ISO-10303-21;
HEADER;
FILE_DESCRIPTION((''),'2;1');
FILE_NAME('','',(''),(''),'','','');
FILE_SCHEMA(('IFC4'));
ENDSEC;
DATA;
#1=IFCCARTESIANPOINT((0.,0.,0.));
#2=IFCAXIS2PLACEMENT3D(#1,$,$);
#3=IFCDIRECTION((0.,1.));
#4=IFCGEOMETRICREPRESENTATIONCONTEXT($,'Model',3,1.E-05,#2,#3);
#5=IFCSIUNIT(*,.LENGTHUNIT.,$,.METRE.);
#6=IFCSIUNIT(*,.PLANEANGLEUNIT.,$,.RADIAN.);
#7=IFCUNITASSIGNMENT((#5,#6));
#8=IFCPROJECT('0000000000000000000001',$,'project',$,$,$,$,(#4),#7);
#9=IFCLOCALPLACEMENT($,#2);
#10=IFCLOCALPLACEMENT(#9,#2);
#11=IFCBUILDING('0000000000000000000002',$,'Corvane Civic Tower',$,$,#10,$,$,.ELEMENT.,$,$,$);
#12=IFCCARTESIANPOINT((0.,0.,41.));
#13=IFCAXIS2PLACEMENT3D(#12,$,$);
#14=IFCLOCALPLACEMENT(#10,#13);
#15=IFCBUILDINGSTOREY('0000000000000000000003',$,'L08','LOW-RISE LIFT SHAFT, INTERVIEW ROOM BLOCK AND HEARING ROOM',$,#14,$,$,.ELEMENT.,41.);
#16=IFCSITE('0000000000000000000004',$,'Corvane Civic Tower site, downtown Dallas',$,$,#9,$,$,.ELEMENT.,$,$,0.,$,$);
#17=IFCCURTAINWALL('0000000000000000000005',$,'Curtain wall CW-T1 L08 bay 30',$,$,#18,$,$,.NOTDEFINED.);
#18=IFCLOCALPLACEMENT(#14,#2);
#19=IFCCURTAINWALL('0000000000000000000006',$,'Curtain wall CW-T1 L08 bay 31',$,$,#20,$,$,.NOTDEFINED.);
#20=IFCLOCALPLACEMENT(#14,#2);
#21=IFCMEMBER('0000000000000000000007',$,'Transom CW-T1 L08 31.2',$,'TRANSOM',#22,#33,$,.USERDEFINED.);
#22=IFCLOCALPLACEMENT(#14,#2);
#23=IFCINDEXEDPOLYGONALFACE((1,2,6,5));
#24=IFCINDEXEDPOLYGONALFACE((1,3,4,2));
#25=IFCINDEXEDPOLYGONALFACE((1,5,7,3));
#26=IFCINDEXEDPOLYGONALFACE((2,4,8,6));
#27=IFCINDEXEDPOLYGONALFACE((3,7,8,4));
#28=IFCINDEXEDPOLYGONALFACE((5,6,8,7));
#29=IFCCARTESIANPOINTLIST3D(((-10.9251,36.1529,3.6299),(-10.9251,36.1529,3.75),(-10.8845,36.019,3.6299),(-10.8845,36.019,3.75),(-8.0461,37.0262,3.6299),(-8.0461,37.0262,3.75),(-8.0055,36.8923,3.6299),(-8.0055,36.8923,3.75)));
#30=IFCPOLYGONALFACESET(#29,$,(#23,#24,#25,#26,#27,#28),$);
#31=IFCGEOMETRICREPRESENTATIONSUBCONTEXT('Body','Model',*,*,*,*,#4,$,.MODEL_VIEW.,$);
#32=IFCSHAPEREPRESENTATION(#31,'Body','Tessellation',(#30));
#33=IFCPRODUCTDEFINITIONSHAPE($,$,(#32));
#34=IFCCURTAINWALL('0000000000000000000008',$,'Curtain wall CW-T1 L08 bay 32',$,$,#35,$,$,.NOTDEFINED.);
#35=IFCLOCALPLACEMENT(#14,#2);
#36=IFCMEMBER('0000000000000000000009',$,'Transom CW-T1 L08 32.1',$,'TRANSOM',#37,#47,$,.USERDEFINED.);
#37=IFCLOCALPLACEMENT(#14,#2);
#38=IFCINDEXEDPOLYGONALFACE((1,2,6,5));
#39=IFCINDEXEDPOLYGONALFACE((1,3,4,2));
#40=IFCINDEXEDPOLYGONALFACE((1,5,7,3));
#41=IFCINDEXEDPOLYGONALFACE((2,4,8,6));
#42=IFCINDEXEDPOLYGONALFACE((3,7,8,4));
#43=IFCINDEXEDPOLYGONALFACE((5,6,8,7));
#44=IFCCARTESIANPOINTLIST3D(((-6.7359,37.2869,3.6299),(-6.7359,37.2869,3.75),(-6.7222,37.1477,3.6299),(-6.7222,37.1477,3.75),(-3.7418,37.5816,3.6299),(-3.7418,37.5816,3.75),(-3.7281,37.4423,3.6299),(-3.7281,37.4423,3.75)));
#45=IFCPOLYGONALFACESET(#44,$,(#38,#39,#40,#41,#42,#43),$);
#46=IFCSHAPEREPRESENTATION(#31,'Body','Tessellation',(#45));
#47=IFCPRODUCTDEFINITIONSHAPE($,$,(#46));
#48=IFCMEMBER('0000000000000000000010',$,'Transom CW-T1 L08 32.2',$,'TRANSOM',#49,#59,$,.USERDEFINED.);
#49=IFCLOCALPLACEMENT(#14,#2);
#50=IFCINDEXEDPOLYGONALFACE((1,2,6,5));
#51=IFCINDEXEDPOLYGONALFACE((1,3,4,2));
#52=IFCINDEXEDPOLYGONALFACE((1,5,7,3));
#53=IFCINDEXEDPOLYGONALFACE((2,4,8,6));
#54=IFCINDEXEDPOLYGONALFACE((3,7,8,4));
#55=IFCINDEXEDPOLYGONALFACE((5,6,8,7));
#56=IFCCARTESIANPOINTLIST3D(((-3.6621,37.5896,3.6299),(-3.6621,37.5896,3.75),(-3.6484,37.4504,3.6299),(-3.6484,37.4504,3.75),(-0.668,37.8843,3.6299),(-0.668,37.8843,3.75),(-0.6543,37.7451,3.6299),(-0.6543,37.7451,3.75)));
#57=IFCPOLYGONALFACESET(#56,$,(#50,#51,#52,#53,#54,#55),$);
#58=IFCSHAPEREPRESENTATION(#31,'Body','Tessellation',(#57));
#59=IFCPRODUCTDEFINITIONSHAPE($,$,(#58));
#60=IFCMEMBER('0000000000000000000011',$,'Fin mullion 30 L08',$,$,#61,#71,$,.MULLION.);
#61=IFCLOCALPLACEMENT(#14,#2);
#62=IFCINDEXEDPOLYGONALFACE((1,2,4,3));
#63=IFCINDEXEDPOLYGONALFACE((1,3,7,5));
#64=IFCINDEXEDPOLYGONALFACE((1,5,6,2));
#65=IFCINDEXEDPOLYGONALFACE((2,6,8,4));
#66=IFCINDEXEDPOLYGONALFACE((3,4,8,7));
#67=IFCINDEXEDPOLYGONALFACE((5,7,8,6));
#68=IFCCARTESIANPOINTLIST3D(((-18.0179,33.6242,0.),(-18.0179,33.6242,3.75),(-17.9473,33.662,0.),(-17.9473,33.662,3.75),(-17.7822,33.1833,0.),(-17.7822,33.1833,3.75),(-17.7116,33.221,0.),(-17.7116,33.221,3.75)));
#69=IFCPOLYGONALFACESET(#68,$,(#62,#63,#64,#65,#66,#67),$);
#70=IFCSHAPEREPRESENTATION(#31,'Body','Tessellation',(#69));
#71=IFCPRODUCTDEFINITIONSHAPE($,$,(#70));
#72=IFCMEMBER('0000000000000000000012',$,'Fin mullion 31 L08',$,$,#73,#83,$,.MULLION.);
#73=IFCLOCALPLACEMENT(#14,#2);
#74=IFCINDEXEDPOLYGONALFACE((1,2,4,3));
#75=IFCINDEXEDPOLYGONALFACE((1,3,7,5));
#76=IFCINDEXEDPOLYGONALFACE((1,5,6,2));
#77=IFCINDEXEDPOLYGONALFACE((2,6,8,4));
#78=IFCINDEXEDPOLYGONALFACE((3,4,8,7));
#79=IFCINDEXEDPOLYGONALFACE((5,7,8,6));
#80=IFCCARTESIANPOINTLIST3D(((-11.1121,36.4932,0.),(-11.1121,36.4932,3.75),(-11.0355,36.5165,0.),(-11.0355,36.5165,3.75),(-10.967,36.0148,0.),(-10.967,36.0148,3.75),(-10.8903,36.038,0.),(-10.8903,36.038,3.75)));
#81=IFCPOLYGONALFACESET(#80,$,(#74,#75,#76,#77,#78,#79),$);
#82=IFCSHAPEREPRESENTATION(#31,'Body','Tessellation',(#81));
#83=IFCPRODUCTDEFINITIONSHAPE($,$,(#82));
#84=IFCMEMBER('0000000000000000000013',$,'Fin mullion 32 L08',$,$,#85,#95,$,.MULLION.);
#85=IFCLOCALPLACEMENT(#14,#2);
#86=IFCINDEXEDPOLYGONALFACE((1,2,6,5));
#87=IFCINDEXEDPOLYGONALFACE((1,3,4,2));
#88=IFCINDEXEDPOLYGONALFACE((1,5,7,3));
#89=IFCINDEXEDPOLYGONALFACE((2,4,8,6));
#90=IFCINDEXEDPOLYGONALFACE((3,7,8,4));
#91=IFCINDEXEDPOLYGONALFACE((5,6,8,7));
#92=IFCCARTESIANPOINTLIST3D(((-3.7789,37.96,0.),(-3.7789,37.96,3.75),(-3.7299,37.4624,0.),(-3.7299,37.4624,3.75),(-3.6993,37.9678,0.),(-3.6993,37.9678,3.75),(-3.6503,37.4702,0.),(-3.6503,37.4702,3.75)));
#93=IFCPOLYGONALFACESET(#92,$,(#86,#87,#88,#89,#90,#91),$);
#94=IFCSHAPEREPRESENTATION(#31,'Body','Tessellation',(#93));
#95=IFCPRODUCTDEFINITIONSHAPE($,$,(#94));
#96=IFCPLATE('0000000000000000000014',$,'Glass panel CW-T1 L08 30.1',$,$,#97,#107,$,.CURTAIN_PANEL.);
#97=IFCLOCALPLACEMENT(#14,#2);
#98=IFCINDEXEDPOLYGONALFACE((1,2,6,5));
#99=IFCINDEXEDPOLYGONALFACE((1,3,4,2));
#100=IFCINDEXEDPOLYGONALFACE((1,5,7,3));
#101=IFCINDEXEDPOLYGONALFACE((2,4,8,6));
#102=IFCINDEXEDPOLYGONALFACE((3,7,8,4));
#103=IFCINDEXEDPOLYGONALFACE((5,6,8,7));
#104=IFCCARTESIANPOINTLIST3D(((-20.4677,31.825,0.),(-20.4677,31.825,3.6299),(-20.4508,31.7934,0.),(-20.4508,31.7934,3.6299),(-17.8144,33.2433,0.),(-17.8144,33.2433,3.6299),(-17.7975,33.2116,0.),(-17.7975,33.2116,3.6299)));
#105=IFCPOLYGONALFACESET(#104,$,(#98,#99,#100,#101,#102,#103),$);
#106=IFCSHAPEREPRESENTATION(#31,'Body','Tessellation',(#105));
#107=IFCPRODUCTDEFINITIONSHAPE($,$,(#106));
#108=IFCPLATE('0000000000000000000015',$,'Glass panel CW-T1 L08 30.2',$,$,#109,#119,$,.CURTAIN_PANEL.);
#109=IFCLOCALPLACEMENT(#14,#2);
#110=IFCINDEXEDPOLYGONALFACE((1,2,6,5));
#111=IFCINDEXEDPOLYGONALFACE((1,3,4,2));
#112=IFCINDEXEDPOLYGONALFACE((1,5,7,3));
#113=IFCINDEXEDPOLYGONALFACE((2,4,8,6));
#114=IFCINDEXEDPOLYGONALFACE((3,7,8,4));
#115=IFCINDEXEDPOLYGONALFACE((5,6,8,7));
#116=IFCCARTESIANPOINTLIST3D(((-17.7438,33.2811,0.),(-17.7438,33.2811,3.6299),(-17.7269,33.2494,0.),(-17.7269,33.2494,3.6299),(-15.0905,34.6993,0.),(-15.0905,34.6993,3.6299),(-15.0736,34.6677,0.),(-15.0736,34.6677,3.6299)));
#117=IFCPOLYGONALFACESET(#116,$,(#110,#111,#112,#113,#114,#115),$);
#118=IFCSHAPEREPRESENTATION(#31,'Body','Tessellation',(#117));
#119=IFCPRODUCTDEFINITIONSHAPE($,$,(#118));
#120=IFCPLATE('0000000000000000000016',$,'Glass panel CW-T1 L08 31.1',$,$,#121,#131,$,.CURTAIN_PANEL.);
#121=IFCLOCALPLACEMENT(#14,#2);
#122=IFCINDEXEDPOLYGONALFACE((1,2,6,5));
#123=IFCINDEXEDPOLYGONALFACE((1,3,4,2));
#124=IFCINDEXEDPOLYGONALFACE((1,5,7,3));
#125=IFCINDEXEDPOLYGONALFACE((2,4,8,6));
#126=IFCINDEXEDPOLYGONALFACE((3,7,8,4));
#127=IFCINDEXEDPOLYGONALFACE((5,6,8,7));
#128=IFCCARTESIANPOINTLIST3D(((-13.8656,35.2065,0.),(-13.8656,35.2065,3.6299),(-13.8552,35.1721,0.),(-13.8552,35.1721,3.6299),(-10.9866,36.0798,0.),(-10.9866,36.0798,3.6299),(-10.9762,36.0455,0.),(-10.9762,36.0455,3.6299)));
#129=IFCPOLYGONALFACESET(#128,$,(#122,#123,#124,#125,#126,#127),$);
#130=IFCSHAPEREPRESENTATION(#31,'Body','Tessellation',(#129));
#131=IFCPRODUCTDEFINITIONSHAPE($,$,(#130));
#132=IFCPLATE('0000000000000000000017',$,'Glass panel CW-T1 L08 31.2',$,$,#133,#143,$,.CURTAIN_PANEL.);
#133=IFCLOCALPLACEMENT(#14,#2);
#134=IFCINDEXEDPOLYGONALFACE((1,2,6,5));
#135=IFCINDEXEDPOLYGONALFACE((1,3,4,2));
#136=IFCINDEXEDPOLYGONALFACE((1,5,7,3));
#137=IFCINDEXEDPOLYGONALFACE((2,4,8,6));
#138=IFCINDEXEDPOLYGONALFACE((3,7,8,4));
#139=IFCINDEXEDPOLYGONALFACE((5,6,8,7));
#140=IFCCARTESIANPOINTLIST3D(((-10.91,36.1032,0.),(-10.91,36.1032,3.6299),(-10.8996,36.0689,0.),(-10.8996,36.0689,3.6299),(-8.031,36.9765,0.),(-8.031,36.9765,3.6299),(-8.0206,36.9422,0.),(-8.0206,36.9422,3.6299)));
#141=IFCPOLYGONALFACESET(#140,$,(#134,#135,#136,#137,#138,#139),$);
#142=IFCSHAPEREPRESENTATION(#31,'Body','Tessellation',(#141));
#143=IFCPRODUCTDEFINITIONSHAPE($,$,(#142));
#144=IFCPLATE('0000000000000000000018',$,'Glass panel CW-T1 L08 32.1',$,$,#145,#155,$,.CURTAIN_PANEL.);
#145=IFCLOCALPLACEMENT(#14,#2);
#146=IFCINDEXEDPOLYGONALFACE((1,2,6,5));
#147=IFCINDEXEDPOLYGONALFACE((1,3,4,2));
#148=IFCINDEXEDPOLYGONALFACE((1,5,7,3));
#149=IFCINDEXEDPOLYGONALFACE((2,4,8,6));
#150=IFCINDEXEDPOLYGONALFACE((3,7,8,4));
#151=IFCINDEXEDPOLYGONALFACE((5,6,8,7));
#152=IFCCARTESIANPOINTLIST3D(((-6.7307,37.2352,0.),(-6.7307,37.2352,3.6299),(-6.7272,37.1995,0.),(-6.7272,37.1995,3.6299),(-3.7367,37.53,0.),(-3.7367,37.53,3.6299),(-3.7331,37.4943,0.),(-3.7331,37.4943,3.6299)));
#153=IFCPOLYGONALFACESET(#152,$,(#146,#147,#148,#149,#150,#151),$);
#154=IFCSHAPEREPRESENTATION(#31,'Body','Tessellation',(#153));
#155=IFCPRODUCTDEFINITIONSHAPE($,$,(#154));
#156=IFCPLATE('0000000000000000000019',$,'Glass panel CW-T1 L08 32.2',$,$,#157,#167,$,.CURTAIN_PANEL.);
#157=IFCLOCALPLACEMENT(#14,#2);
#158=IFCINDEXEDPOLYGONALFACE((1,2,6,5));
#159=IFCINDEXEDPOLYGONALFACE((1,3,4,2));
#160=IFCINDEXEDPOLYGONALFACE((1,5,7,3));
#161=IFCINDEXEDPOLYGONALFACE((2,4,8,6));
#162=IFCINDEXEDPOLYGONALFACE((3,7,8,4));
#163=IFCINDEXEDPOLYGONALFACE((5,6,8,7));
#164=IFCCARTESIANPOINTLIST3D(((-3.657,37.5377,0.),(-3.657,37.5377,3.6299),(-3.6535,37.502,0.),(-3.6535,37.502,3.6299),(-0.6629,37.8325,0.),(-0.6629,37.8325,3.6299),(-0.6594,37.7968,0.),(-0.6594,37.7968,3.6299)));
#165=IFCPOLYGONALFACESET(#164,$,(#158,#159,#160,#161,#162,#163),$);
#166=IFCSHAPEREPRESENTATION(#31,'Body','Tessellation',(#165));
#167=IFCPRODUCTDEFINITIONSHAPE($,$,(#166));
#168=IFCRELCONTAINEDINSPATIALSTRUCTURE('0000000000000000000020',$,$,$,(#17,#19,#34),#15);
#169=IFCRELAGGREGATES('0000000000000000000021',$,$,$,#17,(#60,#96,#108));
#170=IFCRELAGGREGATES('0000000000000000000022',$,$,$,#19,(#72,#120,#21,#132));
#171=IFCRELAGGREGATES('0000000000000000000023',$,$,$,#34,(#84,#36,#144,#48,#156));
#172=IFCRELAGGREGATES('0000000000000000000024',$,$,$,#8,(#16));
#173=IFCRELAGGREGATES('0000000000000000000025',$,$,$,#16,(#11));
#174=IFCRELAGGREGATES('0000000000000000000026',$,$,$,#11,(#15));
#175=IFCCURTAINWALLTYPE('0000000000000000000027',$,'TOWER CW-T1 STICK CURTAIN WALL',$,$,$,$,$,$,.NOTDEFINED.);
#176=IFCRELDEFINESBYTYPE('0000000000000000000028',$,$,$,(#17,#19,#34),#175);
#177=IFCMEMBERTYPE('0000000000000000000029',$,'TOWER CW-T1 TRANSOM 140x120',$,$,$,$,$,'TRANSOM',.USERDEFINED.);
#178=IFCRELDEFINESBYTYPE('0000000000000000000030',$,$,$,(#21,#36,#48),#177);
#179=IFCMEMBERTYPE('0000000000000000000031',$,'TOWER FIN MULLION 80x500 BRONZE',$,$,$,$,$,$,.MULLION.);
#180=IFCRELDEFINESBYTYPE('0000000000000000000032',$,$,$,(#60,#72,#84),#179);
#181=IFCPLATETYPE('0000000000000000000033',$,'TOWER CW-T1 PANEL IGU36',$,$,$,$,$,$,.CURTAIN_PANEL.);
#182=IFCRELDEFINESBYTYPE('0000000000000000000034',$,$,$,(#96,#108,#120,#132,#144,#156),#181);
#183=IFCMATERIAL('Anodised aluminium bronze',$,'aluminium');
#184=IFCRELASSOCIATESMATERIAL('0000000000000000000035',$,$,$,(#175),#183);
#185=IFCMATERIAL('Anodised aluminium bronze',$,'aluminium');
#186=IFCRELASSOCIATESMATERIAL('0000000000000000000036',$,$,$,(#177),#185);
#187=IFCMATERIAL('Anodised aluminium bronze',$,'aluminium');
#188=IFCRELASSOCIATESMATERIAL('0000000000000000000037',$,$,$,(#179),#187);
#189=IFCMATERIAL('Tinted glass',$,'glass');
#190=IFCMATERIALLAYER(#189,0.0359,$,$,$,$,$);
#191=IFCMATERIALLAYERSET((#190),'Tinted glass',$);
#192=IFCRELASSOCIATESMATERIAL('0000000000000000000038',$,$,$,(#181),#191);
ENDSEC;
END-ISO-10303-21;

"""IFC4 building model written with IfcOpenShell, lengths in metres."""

from ifc_helpers import new_model, si_unit, direction, frame, origin, origin_2d, place, context, subcontext, project, spatial, rectangle, extrude, material, layer, layer_set, material_profile, profile_set, type_object, element, aggregate, save


model = new_model("IFC4")

# Units and contexts
model_context = context("Model", 3, precision=1e-05, world=origin(), true_north=direction((0.0, 1.0)))
body_context = subcontext(model_context, "Body", "Model", "MODEL_VIEW")
ifc_project = project(units=[si_unit("LENGTHUNIT", "METRE"), si_unit("PLANEANGLEUNIT", "RADIAN")], contexts=[model_context])

# Site, building, storey
site_placement = place(None, origin())
site = spatial("IfcSite", under=ifc_project, at=site_placement, Name="Corvane Civic Tower site, downtown Dallas", CompositionType="ELEMENT", RefElevation=0.0)
building_placement = place(site_placement, origin())
building = spatial("IfcBuilding", under=site, at=building_placement, Name="Corvane Civic Tower", CompositionType="ELEMENT")
storey_placement = place(building_placement, frame((0.0, 0.0, 41.0)))
storey = spatial("IfcBuildingStorey", under=building, at=storey_placement, Name="L08", Description="LOW-RISE LIFT SHAFT, INTERVIEW ROOM BLOCK AND HEARING ROOM", CompositionType="ELEMENT", Elevation=41.0)

# Curtain walls, members
ifc_material_1 = material(Name="Anodised aluminium bronze", Category="aluminium")
curtain_wall_type = type_object("IfcCurtainWallType", Name="TOWER CW-T1 STICK CURTAIN WALL", PredefinedType="NOTDEFINED", material=ifc_material_1)
curtain_wall_1_placement = place(storey_placement, origin())
curtain_wall_1 = element("IfcCurtainWall", 1, at=curtain_wall_1_placement, inside=storey, type_object=curtain_wall_type, Name="Curtain wall CW-T1 L08 bay 30", PredefinedType="NOTDEFINED")
ifc_material_2 = material(Name="Anodised aluminium bronze", Category="aluminium")
ifc_material_profile_1 = material_profile(ifc_material_2, rectangle(XDim=0.1399, YDim=0.1201, at=origin_2d()), Name="TOWER CW-T1 TRANSOM 140x120")
ifc_profile_set_1 = profile_set([ifc_material_profile_1], Name="Anodised aluminium bronze")
member_type_1 = type_object("IfcMemberType", Name="TOWER CW-T1 TRANSOM 140x120", ElementType="TRANSOM", PredefinedType="USERDEFINED", material=ifc_profile_set_1)
curtain_wall_2_placement = place(storey_placement, origin())
curtain_wall_2 = element("IfcCurtainWall", 2, at=curtain_wall_2_placement, inside=storey, type_object=curtain_wall_type, Name="Curtain wall CW-T1 L08 bay 31", PredefinedType="NOTDEFINED")
member_1_placement = place(storey_placement, frame((-10.9048, 36.0859, 3.6899), z_axis=(0.956942, 0.29028, 0.0), x_axis=(-0.29028, 0.956942, 0.0)))
member_1 = element("IfcMember", 3, at=member_1_placement, type_object=member_type_1, Name="Transom CW-T1 L08 31.2", ObjectType="TRANSOM", PredefinedType="USERDEFINED", context=body_context, shape_type="SweptSolid", body=[
    extrude(rectangle(XDim=0.1399, YDim=0.1201, at=origin_2d()), origin(), (0.0, 0.0, 1.0), 3.0085),
])
curtain_wall_3_placement = place(storey_placement, origin())
curtain_wall_3 = element("IfcCurtainWall", 4, at=curtain_wall_3_placement, inside=storey, type_object=curtain_wall_type, Name="Curtain wall CW-T1 L08 bay 32", PredefinedType="NOTDEFINED")
member_2_placement = place(storey_placement, frame((-6.729, 37.2173, 3.6899), z_axis=(0.995192, 0.097945, 0.0), x_axis=(-0.097945, 0.995192, 0.0)))
member_2 = element("IfcMember", 5, at=member_2_placement, type_object=member_type_1, Name="Transom CW-T1 L08 32.1", ObjectType="TRANSOM", PredefinedType="USERDEFINED", context=body_context, shape_type="SweptSolid", body=[
    extrude(rectangle(XDim=0.1399, YDim=0.1201, at=origin_2d()), origin(), (0.0, 0.0, 1.0), 3.0085),
])
member_3_placement = place(storey_placement, frame((-3.6553, 37.52, 3.6899), z_axis=(0.995192, 0.097945, 0.0), x_axis=(-0.097945, 0.995192, 0.0)))
member_3 = element("IfcMember", 6, at=member_3_placement, type_object=member_type_1, Name="Transom CW-T1 L08 32.2", ObjectType="TRANSOM", PredefinedType="USERDEFINED", context=body_context, shape_type="SweptSolid", body=[
    extrude(rectangle(XDim=0.1399, YDim=0.1201, at=origin_2d()), origin(), (0.0, 0.0, 1.0), 3.0085),
])

# Members
ifc_material_3 = material(Name="Anodised aluminium bronze", Category="aluminium")
ifc_material_profile_2 = material_profile(ifc_material_3, rectangle(XDim=0.0801, YDim=0.5, at=origin_2d()), Name="TOWER FIN MULLION 80x500 BRONZE")
ifc_profile_set_2 = profile_set([ifc_material_profile_2], Name="Anodised aluminium bronze")
member_type_2 = type_object("IfcMemberType", Name="TOWER FIN MULLION 80x500 BRONZE", PredefinedType="MULLION", material=ifc_profile_set_2)
member_4_placement = place(storey_placement, frame((-17.8647, 33.4226, 0.0), z_axis=(0.0, 0.0, 1.0), x_axis=(0.881918, 0.471404, 0.0)))
member_4 = element("IfcMember", 7, at=member_4_placement, type_object=member_type_2, Name="Fin mullion 30 L08", PredefinedType="MULLION", context=body_context, shape_type="SweptSolid", body=[
    extrude(rectangle(XDim=0.0801, YDim=0.5, at=origin_2d()), origin(), (0.0, 0.0, 1.0), 3.75),
])
member_5_placement = place(storey_placement, frame((-11.0012, 36.2656, 0.0), z_axis=(0.0, 0.0, 1.0), x_axis=(0.956942, 0.290278, 0.0)))
member_5 = element("IfcMember", 8, at=member_5_placement, type_object=member_type_2, Name="Fin mullion 31 L08", PredefinedType="MULLION", context=body_context, shape_type="SweptSolid", body=[
    extrude(rectangle(XDim=0.0801, YDim=0.5, at=origin_2d()), origin(), (0.0, 0.0, 1.0), 3.75),
])
member_6_placement = place(storey_placement, frame((-3.7146, 37.7151, 0.0), z_axis=(0.0, 0.0, 1.0), x_axis=(0.995186, 0.098006, 0.0)))
member_6 = element("IfcMember", 9, at=member_6_placement, type_object=member_type_2, Name="Fin mullion 32 L08", PredefinedType="MULLION", context=body_context, shape_type="SweptSolid", body=[
    extrude(rectangle(XDim=0.0801, YDim=0.5, at=origin_2d()), origin(), (0.0, 0.0, 1.0), 3.75),
])

# Plates
ifc_material_4 = material(Name="Tinted glass", Category="glass")
ifc_layer_1 = layer(ifc_material_4, 0.0359)
ifc_layer_set_1 = layer_set([ifc_layer_1], Name="Tinted glass")
plate_type = type_object("IfcPlateType", Name="TOWER CW-T1 PANEL IGU36", PredefinedType="CURTAIN_PANEL", material=ifc_layer_set_1)
plate_1_placement = place(storey_placement, frame((-19.1326, 32.5183, 0.0), z_axis=(0.0, 0.0, 1.0), x_axis=(0.881918, 0.471404, 0.0)))
plate_1 = element("IfcPlate", 10, at=plate_1_placement, type_object=plate_type, Name="Glass panel CW-T1 L08 30.1", PredefinedType="CURTAIN_PANEL", context=body_context, shape_type="SweptSolid", body=[
    extrude(rectangle(XDim=3.0085, YDim=0.0359, at=origin_2d()), origin(), (0.0, 0.0, 1.0), 3.6299),
])
plate_2_placement = place(storey_placement, frame((-16.4087, 33.9744, 0.0), z_axis=(0.0, 0.0, 1.0), x_axis=(0.881918, 0.471404, 0.0)))
plate_2 = element("IfcPlate", 11, at=plate_2_placement, type_object=plate_type, Name="Glass panel CW-T1 L08 30.2", PredefinedType="CURTAIN_PANEL", context=body_context, shape_type="SweptSolid", body=[
    extrude(rectangle(XDim=3.0085, YDim=0.0359, at=origin_2d()), origin(), (0.0, 0.0, 1.0), 3.6299),
])
aggregate(curtain_wall_1, [member_4, plate_1, plate_2])
plate_3_placement = place(storey_placement, frame((-12.4209, 35.626, 0.0), z_axis=(0.0, 0.0, 1.0), x_axis=(0.956942, 0.290278, 0.0)))
plate_3 = element("IfcPlate", 12, at=plate_3_placement, type_object=plate_type, Name="Glass panel CW-T1 L08 31.1", PredefinedType="CURTAIN_PANEL", context=body_context, shape_type="SweptSolid", body=[
    extrude(rectangle(XDim=3.0085, YDim=0.0359, at=origin_2d()), origin(), (0.0, 0.0, 1.0), 3.6299),
])
plate_4_placement = place(storey_placement, frame((-9.4653, 36.5227, 0.0), z_axis=(0.0, 0.0, 1.0), x_axis=(0.956942, 0.290278, 0.0)))
plate_4 = element("IfcPlate", 13, at=plate_4_placement, type_object=plate_type, Name="Glass panel CW-T1 L08 31.2", PredefinedType="CURTAIN_PANEL", context=body_context, shape_type="SweptSolid", body=[
    extrude(rectangle(XDim=3.0085, YDim=0.0359, at=origin_2d()), origin(), (0.0, 0.0, 1.0), 3.6299),
])
aggregate(curtain_wall_2, [member_5, plate_3, member_1, plate_4])
plate_5_placement = place(storey_placement, frame((-5.2319, 37.3647, 0.0), z_axis=(0.0, 0.0, 1.0), x_axis=(0.995186, 0.098006, 0.0)))
plate_5 = element("IfcPlate", 14, at=plate_5_placement, type_object=plate_type, Name="Glass panel CW-T1 L08 32.1", PredefinedType="CURTAIN_PANEL", context=body_context, shape_type="SweptSolid", body=[
    extrude(rectangle(XDim=3.0085, YDim=0.0359, at=origin_2d()), origin(), (0.0, 0.0, 1.0), 3.6299),
])
plate_6_placement = place(storey_placement, frame((-2.1582, 37.6672, 0.0), z_axis=(0.0, 0.0, 1.0), x_axis=(0.995186, 0.098006, 0.0)))
plate_6 = element("IfcPlate", 15, at=plate_6_placement, type_object=plate_type, Name="Glass panel CW-T1 L08 32.2", PredefinedType="CURTAIN_PANEL", context=body_context, shape_type="SweptSolid", body=[
    extrude(rectangle(XDim=3.0085, YDim=0.0359, at=origin_2d()), origin(), (0.0, 0.0, 1.0), 3.6299),
])
aggregate(curtain_wall_3, [member_6, member_2, plate_5, member_3, plate_6])

save(model, "model.ifc")
